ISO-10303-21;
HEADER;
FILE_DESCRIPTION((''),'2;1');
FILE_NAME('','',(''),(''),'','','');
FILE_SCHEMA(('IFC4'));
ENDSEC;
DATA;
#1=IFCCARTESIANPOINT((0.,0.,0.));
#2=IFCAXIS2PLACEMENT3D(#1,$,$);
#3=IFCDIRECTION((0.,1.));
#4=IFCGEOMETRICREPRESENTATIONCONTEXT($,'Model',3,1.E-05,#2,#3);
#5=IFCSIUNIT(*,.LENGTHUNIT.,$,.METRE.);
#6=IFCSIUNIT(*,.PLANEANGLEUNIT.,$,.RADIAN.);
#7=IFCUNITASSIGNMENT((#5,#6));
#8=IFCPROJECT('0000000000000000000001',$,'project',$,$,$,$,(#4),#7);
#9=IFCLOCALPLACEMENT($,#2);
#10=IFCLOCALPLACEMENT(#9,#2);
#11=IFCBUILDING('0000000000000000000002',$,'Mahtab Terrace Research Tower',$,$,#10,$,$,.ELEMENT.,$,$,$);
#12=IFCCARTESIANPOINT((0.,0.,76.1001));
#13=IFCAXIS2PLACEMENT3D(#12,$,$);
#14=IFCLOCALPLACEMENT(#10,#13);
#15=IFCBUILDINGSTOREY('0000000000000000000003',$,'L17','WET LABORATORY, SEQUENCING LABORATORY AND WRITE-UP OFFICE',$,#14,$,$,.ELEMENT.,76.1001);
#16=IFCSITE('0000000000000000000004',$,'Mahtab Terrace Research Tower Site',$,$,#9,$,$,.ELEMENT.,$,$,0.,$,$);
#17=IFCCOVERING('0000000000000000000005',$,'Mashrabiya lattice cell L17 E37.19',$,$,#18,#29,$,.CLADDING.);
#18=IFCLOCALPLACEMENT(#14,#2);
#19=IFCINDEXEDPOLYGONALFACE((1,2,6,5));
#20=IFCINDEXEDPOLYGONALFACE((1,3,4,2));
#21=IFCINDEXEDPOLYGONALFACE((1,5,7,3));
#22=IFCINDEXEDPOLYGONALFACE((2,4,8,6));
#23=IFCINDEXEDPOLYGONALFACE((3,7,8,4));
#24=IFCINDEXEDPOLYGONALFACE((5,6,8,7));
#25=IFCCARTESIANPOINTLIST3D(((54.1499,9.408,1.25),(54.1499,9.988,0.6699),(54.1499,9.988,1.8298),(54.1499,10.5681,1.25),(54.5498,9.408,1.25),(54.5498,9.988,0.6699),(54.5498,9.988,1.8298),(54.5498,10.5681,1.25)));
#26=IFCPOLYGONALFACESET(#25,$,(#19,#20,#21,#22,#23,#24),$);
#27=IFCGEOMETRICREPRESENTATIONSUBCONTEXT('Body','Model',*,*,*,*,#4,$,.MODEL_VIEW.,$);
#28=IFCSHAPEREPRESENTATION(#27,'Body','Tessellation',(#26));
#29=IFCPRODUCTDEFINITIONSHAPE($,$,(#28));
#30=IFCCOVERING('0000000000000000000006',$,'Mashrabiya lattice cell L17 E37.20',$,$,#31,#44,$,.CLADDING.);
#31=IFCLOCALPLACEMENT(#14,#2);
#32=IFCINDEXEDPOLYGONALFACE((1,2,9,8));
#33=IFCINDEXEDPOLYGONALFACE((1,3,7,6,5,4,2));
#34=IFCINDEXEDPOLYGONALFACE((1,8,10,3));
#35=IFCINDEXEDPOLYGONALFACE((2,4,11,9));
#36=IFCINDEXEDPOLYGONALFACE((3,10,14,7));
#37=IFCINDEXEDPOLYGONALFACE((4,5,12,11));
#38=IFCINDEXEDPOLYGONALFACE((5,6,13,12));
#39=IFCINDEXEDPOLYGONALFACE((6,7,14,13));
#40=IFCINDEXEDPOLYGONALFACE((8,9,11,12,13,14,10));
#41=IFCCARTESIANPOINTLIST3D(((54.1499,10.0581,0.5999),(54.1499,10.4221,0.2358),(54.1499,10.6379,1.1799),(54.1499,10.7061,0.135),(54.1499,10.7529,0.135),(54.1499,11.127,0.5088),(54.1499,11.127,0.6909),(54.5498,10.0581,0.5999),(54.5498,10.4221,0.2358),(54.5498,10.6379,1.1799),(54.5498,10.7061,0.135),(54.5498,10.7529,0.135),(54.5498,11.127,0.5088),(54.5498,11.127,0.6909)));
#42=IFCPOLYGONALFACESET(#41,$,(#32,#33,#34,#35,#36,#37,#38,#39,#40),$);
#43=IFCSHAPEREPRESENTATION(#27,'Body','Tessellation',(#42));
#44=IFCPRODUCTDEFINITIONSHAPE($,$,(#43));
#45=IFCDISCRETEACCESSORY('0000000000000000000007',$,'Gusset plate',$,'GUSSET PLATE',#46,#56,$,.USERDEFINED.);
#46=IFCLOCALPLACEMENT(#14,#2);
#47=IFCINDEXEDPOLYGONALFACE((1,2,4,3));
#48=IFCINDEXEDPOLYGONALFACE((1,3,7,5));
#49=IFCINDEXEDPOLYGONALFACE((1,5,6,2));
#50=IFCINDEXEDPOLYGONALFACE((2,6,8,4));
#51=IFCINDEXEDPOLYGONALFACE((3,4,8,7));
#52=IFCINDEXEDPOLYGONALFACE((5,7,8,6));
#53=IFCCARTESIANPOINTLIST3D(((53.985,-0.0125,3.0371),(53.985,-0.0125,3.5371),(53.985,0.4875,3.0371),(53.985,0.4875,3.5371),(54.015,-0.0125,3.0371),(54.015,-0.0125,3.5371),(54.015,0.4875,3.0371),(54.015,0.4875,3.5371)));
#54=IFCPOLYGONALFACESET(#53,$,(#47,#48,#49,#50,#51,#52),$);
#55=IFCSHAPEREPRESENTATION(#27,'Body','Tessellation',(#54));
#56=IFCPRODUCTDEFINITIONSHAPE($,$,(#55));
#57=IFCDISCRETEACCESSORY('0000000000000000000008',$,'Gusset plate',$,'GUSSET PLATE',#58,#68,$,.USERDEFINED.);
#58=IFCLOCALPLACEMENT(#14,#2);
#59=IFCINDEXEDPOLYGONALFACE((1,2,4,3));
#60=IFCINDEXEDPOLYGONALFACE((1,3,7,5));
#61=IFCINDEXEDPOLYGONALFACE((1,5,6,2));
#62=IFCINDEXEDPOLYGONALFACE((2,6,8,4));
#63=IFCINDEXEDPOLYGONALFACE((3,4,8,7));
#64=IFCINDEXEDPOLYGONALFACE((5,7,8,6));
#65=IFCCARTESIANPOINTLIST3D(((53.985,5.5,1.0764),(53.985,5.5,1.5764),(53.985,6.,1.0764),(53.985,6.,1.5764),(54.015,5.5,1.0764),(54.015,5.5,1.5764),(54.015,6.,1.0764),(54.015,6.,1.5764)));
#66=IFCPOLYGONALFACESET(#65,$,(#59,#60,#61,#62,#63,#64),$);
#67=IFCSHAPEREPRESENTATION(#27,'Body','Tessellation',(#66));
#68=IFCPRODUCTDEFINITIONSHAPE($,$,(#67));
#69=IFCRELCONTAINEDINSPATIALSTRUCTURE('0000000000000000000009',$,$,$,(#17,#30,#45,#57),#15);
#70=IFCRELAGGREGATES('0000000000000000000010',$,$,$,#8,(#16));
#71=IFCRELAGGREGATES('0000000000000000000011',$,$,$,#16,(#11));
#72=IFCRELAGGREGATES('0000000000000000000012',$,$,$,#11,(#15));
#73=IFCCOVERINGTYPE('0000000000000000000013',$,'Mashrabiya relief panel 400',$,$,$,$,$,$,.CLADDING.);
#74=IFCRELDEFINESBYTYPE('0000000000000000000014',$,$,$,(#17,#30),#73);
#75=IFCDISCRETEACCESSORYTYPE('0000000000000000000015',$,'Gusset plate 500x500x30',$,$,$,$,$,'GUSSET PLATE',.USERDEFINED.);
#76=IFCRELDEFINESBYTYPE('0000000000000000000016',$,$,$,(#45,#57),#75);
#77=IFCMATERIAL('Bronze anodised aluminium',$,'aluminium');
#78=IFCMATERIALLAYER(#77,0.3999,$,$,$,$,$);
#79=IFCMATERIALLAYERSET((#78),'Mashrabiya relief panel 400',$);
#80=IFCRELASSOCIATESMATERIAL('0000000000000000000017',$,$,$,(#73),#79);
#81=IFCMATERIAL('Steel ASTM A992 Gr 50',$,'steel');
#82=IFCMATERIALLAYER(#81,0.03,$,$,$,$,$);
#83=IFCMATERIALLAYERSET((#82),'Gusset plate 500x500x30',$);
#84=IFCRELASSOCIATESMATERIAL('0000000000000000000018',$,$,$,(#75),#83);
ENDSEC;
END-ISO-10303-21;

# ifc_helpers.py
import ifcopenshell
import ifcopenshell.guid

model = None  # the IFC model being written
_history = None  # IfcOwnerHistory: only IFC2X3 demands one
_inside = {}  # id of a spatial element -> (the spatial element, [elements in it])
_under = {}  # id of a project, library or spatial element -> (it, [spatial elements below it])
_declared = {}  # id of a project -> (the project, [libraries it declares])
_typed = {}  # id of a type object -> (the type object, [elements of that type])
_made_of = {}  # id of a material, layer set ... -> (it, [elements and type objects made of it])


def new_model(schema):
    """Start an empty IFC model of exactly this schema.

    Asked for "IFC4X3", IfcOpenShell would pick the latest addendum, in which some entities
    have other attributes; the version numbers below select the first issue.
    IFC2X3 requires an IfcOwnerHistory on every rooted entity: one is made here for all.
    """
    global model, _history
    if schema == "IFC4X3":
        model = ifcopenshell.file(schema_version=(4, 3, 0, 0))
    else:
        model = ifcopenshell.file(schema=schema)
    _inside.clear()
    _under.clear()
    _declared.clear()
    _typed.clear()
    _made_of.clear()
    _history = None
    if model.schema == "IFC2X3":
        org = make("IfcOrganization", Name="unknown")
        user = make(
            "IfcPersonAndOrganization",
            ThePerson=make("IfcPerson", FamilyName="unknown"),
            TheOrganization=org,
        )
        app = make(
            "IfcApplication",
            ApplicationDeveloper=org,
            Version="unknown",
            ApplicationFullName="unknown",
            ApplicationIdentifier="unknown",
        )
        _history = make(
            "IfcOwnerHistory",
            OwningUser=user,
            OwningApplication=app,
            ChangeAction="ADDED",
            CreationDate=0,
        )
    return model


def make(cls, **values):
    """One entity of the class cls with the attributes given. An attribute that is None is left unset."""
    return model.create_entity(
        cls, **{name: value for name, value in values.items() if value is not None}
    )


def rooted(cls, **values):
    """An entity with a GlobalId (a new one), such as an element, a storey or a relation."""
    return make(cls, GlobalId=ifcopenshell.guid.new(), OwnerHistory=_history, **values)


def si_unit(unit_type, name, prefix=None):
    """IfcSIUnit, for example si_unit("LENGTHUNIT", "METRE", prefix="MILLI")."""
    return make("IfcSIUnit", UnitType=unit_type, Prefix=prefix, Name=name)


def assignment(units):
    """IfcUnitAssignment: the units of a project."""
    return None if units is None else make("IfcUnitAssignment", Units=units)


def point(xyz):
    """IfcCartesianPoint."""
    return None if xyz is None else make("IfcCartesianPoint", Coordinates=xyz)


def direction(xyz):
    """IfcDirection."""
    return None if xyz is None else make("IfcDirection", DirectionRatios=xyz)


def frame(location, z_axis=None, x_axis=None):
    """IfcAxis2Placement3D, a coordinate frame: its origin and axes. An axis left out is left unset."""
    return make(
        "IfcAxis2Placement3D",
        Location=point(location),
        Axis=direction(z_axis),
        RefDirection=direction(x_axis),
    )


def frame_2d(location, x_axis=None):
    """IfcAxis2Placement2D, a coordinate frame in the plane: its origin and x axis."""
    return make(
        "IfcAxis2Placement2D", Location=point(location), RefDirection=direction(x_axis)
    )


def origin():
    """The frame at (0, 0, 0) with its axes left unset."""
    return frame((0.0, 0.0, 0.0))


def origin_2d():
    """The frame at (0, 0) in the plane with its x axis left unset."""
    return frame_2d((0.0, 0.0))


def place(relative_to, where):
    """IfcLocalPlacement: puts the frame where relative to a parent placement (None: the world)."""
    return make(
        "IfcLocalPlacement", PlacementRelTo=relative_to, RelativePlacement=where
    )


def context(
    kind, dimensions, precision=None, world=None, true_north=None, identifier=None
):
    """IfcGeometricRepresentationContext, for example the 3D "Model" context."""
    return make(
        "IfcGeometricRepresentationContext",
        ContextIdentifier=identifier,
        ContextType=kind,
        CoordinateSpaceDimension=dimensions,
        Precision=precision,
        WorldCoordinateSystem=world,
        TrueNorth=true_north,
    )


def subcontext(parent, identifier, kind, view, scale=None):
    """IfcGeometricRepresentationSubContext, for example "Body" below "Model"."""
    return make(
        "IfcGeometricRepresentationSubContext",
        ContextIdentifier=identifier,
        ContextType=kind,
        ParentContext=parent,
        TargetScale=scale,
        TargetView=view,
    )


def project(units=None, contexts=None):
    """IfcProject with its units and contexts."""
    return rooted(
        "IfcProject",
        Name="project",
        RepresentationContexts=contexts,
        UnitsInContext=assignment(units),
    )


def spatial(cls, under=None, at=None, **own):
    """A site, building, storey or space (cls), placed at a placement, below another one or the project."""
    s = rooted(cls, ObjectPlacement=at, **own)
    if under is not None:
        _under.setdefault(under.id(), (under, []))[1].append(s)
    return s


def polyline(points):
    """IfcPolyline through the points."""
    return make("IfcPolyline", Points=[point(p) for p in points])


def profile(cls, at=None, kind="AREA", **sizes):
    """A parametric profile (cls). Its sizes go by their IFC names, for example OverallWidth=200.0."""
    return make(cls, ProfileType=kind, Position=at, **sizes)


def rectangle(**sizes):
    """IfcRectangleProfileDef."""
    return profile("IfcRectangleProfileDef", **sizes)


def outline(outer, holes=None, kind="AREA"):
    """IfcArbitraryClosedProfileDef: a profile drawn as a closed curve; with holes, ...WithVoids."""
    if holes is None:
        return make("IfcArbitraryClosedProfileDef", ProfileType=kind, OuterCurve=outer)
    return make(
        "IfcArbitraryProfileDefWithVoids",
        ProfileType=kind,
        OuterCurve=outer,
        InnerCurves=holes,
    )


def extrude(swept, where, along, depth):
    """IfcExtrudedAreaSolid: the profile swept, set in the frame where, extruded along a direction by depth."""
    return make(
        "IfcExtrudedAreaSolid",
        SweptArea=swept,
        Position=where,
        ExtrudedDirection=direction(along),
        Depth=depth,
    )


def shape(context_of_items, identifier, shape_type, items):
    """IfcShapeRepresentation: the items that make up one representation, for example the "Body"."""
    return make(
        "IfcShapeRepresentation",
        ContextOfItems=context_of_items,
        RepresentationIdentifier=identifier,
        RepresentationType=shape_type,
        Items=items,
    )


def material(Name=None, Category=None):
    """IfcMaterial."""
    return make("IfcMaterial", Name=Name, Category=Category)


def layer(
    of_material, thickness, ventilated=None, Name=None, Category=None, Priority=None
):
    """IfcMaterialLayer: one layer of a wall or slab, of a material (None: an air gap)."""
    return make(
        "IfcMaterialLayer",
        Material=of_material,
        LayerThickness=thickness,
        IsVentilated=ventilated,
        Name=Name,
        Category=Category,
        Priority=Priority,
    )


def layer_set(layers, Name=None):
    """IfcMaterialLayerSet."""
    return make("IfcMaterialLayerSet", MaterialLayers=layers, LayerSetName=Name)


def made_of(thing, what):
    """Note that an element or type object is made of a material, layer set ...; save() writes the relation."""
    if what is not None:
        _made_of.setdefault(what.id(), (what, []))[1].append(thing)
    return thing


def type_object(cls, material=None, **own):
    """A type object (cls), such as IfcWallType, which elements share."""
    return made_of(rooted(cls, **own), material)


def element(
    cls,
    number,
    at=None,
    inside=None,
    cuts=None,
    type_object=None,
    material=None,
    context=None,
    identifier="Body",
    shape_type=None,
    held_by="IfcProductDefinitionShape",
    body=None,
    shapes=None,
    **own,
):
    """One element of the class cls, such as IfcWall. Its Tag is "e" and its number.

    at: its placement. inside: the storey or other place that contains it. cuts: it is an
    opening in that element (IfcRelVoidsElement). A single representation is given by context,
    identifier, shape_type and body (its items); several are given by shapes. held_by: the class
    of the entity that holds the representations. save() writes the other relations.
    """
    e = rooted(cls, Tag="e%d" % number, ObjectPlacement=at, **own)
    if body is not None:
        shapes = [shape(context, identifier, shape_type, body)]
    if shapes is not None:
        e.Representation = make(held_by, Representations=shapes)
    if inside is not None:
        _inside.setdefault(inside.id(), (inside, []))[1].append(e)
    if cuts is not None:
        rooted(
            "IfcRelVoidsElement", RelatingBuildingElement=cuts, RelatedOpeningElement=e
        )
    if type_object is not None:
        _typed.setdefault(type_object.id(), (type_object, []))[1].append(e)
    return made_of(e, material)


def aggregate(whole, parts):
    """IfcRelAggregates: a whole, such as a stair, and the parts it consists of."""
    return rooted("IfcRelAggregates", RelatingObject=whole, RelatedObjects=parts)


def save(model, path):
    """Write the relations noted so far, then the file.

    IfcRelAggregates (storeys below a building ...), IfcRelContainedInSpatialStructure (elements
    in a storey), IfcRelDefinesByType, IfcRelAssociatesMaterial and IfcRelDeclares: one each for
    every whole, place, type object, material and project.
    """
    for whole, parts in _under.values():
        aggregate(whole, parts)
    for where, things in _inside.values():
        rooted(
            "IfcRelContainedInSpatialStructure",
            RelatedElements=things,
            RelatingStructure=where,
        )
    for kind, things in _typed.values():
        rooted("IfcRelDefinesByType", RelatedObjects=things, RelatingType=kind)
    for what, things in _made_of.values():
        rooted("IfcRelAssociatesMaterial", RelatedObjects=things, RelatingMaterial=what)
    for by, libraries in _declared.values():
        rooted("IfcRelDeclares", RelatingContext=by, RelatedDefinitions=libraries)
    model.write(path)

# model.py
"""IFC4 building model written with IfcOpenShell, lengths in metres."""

from ifc_helpers import new_model, si_unit, direction, frame, origin, origin_2d, place, context, subcontext, project, spatial, polyline, rectangle, outline, extrude, material, layer, layer_set, type_object, element, save


model = new_model("IFC4")

# Units and contexts
model_context = context("Model", 3, precision=1e-05, world=origin(), true_north=direction((0.0, 1.0)))
body_context = subcontext(model_context, "Body", "Model", "MODEL_VIEW")
ifc_project = project(units=[si_unit("LENGTHUNIT", "METRE"), si_unit("PLANEANGLEUNIT", "RADIAN")], contexts=[model_context])

# Site, building, storey
site_placement = place(None, origin())
site = spatial("IfcSite", under=ifc_project, at=site_placement, Name="Mahtab Terrace Research Tower Site", CompositionType="ELEMENT", RefElevation=0.0)
building_placement = place(site_placement, origin())
building = spatial("IfcBuilding", under=site, at=building_placement, Name="Mahtab Terrace Research Tower", CompositionType="ELEMENT")
storey_placement = place(building_placement, frame((0.0, 0.0, 76.1001)))
storey = spatial("IfcBuildingStorey", under=building, at=storey_placement, Name="L17", Description="WET LABORATORY, SEQUENCING LABORATORY AND WRITE-UP OFFICE", CompositionType="ELEMENT", Elevation=76.1001)

# Shared definitions
ifc_material_1 = material(Name="Steel ASTM A992 Gr 50", Category="steel")

# Coverings
ifc_material_2 = material(Name="Bronze anodised aluminium", Category="aluminium")
ifc_layer_1 = layer(ifc_material_2, 0.3999)
ifc_layer_set_1 = layer_set([ifc_layer_1], Name="Mashrabiya relief panel 400")
covering_type = type_object("IfcCoveringType", Name="Mashrabiya relief panel 400", PredefinedType="CLADDING", material=ifc_layer_set_1)
covering_1_placement = place(storey_placement, frame((54.1499, 9.988, 1.8298), z_axis=(-1.0, 0.0, 0.0), x_axis=(0.0, 0.707256, -0.706958)))
element("IfcCovering", 1, at=covering_1_placement, inside=storey, type_object=covering_type, Name="Mashrabiya lattice cell L17 E37.19", PredefinedType="CLADDING", context=body_context, shape_type="SweptSolid", body=[
    extrude(outline(polyline([(0.0, 0.0), (0.8202, 0.0), (0.82, 0.8204), (-0.0003, 0.8202), (0.0, 0.0)])), origin(), (0.0, 0.0, -1.0), 0.3999),
])
covering_2_placement = place(storey_placement, frame((54.1499, 10.0581, 0.5999), z_axis=(-1.0, 0.0, 0.0), x_axis=(0.0, 0.706958, 0.707256)))
element("IfcCovering", 2, at=covering_2_placement, inside=storey, type_object=covering_type, Name="Mashrabiya lattice cell L17 E37.20", PredefinedType="CLADDING", context=body_context, shape_type="SweptSolid", body=[
    extrude(outline(polyline([(0.0, 0.0), (0.8202, 0.0), (0.82, 0.6916), (0.6912, 0.8203), (0.1624, 0.82), (0.1293, 0.7869), (-0.0001, 0.5148), (0.0, 0.0)])), origin(), (0.0, 0.0, -1.0), 0.3999),
])

# Discrete accessories
ifc_layer_2 = layer(ifc_material_1, 0.03)
ifc_layer_set_2 = layer_set([ifc_layer_2], Name="Gusset plate 500x500x30")
discrete_accessory_type = type_object("IfcDiscreteAccessoryType", Name="Gusset plate 500x500x30", ElementType="GUSSET PLATE", PredefinedType="USERDEFINED", material=ifc_layer_set_2)
for number, where, z_axis, x_axis, name in (
    (3, (54.0, 0.2375, 3.0371), (0.0, 0.0, 1.0), (0.0, 1.0, 0.0), "Gusset plate"),
    (4, (54.0, 5.75, 1.0764), (0.0, 0.0, 1.0), (0.0, 1.0, 0.0), "Gusset plate"),
):
    element("IfcDiscreteAccessory", number, at=place(storey_placement, frame(where, z_axis=z_axis, x_axis=x_axis)), inside=storey, type_object=discrete_accessory_type, Name=name, ObjectType="GUSSET PLATE", PredefinedType="USERDEFINED", context=body_context, shape_type="SweptSolid", body=[
        extrude(rectangle(XDim=0.5, YDim=0.03, at=origin_2d()), origin(), (0.0, 0.0, 1.0), 0.5),
    ])

save(model, "model.ifc")
